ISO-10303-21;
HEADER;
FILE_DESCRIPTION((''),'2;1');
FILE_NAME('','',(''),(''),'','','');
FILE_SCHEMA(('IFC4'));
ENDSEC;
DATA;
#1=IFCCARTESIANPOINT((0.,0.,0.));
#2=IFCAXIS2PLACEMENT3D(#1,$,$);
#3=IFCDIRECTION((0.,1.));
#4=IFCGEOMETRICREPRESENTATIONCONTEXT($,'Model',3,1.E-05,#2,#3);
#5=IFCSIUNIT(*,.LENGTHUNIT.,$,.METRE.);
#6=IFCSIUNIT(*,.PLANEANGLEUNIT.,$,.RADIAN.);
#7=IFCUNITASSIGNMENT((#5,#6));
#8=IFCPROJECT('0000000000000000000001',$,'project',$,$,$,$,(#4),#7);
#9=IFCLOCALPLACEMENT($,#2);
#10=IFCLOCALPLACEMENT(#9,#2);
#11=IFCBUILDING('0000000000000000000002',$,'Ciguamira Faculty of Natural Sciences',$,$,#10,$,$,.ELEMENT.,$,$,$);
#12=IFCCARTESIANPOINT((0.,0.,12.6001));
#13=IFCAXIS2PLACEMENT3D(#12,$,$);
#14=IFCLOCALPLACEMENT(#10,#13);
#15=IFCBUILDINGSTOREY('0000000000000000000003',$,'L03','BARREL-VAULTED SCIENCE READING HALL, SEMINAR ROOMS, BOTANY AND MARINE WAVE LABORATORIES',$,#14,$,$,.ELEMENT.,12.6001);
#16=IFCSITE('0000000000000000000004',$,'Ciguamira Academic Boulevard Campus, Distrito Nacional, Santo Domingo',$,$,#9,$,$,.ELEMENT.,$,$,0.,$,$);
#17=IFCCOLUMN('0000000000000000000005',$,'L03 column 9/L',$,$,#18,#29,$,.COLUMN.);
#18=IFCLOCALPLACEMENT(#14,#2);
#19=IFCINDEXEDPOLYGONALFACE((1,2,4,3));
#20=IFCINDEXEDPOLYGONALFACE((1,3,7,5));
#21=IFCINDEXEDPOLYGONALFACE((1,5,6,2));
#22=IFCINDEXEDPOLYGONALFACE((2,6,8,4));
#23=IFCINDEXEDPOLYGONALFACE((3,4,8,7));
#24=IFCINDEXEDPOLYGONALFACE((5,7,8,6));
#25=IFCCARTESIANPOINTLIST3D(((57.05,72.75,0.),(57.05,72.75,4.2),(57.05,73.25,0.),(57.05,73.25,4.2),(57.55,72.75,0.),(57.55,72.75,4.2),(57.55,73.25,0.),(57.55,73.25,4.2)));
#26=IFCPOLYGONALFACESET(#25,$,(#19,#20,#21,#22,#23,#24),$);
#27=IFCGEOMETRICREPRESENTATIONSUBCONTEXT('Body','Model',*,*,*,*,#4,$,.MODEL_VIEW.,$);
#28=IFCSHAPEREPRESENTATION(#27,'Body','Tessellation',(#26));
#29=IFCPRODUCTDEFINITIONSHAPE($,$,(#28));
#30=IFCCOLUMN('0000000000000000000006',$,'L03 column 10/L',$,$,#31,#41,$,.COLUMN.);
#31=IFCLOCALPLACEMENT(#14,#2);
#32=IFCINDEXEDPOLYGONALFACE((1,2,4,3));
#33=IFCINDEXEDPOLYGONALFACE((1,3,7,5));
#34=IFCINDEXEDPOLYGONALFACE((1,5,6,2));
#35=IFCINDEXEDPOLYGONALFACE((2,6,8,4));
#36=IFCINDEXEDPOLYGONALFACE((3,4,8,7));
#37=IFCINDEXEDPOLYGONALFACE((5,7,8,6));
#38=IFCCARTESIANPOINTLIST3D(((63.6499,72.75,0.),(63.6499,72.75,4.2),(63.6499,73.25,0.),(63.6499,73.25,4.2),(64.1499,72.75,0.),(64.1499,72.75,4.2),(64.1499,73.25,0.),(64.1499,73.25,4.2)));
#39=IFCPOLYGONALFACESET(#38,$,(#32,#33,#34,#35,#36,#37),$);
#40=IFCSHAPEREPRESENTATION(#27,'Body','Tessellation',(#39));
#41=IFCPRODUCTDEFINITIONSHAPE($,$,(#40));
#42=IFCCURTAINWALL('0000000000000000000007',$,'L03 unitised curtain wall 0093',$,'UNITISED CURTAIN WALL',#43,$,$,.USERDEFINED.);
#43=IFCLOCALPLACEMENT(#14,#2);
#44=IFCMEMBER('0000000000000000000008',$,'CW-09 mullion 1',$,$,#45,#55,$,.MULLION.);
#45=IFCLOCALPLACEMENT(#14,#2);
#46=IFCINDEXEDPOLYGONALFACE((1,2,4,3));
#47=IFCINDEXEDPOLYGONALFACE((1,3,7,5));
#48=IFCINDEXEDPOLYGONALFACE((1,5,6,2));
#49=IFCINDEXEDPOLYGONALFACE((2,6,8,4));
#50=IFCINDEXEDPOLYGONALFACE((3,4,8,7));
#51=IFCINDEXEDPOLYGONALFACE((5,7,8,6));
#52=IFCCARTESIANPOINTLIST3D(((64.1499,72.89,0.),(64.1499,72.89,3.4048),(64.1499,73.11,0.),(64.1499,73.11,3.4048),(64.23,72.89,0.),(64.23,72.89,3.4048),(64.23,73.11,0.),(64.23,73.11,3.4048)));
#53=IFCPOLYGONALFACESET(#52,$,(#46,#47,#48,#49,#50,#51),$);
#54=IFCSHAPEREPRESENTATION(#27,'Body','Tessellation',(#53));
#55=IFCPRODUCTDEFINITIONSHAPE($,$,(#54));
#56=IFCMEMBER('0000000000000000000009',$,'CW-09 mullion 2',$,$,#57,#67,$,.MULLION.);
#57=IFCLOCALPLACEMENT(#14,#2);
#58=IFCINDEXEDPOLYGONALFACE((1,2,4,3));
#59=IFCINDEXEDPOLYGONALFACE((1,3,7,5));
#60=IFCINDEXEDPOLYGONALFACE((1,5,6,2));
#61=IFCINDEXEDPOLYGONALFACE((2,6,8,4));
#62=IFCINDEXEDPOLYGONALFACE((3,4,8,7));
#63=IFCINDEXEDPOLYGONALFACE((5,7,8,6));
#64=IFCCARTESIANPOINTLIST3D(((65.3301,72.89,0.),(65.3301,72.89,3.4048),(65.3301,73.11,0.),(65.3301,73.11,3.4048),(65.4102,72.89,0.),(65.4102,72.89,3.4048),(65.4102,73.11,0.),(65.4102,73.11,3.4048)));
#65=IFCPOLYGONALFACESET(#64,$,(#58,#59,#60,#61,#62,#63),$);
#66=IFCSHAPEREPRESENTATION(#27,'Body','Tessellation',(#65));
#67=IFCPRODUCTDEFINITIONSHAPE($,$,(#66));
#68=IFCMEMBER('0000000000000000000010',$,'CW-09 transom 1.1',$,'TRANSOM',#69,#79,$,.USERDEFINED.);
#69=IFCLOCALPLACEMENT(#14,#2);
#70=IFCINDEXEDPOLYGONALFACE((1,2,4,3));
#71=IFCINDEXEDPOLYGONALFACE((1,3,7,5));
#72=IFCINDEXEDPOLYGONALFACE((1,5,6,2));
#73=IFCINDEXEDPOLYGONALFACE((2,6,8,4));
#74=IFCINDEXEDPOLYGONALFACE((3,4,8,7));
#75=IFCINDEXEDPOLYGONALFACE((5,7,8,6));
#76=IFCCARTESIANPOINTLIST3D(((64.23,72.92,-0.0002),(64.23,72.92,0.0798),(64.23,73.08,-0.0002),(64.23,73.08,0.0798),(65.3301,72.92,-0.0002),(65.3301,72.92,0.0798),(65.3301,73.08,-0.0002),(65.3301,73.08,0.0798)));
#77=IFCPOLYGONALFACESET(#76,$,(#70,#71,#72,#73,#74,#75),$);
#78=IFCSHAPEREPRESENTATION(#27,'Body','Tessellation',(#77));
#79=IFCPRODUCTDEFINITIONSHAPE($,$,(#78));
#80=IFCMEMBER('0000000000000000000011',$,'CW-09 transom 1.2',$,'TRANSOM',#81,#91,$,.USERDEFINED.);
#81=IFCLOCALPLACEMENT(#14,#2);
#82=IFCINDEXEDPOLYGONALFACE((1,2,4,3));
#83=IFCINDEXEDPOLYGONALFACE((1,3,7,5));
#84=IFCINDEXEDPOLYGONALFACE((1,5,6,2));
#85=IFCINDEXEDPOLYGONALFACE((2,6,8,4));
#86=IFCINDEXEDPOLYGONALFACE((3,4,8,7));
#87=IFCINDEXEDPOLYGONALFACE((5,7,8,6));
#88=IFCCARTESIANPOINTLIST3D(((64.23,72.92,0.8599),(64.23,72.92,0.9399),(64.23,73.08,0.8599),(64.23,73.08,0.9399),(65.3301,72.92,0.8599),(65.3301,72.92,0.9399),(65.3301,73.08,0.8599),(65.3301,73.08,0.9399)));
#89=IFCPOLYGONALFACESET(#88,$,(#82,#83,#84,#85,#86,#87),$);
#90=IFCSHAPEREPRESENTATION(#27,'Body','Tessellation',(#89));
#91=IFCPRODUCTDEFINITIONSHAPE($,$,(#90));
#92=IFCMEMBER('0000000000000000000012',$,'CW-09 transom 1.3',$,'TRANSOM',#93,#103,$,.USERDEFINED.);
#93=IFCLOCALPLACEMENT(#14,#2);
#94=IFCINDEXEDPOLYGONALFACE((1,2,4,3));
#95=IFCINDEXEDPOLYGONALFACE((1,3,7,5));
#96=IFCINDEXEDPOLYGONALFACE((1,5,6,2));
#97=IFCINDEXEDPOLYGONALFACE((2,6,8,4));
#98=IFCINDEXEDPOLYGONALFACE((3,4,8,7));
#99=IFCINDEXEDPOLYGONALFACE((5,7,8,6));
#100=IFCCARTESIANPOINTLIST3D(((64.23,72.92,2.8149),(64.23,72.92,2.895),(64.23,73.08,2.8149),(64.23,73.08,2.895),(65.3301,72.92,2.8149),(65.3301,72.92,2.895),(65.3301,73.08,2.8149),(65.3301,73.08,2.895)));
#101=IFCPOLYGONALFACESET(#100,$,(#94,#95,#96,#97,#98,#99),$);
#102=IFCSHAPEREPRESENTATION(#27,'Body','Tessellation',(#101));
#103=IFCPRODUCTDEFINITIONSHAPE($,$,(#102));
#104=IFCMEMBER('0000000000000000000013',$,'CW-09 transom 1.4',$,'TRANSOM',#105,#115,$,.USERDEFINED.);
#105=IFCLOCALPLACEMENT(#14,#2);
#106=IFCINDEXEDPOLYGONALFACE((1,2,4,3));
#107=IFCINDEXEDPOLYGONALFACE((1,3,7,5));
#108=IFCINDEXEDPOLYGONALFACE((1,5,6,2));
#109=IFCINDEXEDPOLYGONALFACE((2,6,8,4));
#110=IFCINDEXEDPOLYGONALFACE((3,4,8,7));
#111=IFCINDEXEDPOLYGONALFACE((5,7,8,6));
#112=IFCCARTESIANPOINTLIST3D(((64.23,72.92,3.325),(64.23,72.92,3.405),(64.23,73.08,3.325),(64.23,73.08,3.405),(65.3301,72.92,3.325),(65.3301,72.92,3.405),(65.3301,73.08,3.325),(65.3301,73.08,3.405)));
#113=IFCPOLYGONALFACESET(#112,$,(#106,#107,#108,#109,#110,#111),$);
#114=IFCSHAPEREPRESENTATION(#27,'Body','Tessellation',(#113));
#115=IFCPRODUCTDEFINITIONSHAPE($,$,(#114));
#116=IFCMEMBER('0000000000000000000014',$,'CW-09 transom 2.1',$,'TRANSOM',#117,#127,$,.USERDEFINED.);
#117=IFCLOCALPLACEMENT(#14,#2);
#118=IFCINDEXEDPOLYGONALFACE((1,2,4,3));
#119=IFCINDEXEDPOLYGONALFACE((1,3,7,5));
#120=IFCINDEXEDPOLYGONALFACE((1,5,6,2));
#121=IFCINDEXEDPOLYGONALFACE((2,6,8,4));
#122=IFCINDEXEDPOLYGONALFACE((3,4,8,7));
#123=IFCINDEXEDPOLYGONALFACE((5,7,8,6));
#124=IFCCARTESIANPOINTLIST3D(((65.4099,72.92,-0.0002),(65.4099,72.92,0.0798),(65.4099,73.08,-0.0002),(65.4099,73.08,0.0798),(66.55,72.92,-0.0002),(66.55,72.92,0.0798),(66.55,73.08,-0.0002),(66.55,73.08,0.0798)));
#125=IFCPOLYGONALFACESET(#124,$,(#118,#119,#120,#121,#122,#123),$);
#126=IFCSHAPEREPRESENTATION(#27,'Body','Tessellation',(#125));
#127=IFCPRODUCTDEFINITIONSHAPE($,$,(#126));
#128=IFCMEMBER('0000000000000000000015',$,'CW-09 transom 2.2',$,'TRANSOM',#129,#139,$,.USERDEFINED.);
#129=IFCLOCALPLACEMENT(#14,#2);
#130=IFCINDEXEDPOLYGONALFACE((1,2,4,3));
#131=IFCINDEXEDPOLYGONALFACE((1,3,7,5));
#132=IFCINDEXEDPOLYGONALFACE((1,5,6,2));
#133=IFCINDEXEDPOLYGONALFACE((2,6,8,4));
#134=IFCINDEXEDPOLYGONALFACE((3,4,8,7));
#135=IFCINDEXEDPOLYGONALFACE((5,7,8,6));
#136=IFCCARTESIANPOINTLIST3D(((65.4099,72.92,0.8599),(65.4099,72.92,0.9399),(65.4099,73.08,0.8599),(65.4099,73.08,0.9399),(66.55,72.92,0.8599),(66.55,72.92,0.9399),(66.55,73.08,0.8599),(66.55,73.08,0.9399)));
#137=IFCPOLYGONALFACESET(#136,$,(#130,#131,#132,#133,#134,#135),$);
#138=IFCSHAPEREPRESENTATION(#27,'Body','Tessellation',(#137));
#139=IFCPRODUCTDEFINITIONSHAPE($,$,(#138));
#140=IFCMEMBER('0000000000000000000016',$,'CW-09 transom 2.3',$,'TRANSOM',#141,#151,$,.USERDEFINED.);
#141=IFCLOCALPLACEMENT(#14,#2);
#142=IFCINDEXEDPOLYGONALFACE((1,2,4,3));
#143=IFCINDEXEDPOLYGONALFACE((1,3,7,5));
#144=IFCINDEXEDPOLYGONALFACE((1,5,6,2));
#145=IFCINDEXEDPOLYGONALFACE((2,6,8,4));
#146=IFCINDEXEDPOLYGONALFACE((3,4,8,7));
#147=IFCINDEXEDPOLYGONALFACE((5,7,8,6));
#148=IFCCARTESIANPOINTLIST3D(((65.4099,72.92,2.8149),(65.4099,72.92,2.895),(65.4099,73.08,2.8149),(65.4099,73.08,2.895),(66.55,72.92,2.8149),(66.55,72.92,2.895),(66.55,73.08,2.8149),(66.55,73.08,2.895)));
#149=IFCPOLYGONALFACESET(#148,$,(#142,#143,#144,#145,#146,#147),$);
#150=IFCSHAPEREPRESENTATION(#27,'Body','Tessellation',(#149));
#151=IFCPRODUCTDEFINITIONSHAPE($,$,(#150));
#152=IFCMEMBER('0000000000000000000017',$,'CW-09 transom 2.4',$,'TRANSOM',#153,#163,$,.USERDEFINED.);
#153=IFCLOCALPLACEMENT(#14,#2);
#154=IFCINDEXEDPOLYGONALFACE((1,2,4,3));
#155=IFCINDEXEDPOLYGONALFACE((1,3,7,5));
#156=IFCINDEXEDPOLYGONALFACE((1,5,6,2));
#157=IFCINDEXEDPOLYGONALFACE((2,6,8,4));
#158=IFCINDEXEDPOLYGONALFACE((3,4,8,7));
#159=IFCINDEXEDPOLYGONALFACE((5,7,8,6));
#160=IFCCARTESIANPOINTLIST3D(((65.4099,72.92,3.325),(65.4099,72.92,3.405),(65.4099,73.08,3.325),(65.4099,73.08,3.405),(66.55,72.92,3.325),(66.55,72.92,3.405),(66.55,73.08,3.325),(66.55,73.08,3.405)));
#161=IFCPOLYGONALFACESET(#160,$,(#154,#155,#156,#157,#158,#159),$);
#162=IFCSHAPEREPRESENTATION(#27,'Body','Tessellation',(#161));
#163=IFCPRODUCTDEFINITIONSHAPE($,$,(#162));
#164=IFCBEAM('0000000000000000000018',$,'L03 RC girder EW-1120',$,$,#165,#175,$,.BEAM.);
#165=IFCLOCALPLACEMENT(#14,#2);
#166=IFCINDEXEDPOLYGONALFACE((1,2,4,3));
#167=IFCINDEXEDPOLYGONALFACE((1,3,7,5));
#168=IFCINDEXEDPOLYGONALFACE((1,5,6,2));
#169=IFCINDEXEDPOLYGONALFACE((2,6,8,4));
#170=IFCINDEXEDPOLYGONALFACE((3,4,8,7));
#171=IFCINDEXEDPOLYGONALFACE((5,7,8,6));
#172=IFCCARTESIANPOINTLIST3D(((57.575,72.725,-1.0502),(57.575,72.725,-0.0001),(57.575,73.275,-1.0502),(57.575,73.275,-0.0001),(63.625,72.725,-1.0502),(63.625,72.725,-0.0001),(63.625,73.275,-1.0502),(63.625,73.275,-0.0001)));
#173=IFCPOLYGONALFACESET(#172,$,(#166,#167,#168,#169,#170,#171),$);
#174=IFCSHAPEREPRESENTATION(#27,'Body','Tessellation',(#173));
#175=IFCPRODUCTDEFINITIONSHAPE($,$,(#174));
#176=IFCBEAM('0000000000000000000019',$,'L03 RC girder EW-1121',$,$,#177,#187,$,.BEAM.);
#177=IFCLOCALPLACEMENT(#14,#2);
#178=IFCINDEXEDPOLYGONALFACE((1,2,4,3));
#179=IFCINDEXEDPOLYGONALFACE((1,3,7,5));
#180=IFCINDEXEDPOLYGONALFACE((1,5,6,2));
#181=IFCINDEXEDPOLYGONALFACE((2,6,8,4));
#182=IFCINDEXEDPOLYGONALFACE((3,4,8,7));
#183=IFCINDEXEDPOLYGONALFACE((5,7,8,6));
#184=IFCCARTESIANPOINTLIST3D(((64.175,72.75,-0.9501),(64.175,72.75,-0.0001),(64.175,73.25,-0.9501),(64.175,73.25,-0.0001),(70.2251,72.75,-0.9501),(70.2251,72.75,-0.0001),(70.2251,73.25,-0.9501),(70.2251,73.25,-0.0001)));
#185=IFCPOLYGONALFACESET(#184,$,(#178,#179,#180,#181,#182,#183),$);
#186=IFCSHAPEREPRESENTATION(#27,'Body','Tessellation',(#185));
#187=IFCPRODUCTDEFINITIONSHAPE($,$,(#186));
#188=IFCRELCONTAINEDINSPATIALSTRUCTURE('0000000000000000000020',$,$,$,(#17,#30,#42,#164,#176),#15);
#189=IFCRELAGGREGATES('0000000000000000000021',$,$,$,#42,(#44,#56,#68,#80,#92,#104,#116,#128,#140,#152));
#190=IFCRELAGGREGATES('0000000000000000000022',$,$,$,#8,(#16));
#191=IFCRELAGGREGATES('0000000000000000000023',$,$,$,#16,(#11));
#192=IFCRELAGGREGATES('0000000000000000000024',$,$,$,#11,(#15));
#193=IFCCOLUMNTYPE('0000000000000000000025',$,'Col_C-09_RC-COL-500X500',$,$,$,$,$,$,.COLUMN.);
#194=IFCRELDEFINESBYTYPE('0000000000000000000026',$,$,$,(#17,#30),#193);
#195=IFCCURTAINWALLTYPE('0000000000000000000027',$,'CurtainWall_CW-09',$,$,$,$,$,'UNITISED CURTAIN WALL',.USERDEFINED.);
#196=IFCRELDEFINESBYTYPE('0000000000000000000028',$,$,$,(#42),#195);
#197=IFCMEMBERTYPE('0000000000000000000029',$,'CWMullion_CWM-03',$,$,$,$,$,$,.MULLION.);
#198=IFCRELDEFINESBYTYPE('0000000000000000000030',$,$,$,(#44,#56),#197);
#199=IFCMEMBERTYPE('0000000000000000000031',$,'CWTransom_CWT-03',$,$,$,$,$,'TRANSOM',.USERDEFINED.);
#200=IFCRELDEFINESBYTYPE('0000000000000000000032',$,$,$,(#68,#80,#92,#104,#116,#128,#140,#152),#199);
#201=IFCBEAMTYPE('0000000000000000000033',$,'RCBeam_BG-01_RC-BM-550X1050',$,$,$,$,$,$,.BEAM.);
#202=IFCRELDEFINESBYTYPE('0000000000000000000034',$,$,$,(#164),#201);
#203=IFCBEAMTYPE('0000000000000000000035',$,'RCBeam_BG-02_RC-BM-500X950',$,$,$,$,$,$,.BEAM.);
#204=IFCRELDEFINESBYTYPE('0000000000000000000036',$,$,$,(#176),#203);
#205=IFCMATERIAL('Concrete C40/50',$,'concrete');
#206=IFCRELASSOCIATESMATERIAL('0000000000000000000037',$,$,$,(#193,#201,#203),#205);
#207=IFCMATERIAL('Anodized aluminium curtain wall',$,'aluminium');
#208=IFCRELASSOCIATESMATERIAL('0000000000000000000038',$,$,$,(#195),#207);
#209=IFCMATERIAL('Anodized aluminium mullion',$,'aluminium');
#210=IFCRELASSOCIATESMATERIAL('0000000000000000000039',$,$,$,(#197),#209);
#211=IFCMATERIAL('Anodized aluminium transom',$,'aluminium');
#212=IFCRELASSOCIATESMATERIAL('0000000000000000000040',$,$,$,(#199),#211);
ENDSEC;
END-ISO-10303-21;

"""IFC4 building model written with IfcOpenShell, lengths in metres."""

from ifc_helpers import new_model, si_unit, direction, frame, origin, origin_2d, place, context, subcontext, project, spatial, rectangle, extrude, material, material_profile, profile_set, type_object, element, aggregate, save


model = new_model("IFC4")

# Units and contexts
model_context = context("Model", 3, precision=1e-05, world=origin(), true_north=direction((0.0, 1.0)))
body_context = subcontext(model_context, "Body", "Model", "MODEL_VIEW")
ifc_project = project(units=[si_unit("LENGTHUNIT", "METRE"), si_unit("PLANEANGLEUNIT", "RADIAN")], contexts=[model_context])

# Site, building, storey
site_placement = place(None, origin())
site = spatial("IfcSite", under=ifc_project, at=site_placement, Name="Ciguamira Academic Boulevard Campus, Distrito Nacional, Santo Domingo", CompositionType="ELEMENT", RefElevation=0.0)
building_placement = place(site_placement, origin())
building = spatial("IfcBuilding", under=site, at=building_placement, Name="Ciguamira Faculty of Natural Sciences", CompositionType="ELEMENT")
storey_placement = place(building_placement, frame((0.0, 0.0, 12.6001)))
storey = spatial("IfcBuildingStorey", under=building, at=storey_placement, Name="L03", Description="BARREL-VAULTED SCIENCE READING HALL, SEMINAR ROOMS, BOTANY AND MARINE WAVE LABORATORIES", CompositionType="ELEMENT", Elevation=12.6001)

# Columns
ifc_material_1 = material(Name="Concrete C40/50", Category="concrete")
ifc_material_profile_1 = material_profile(ifc_material_1, rectangle(XDim=0.5, YDim=0.5, at=origin_2d()), Name="RC-COL-500X500")
ifc_profile_set_1 = profile_set([ifc_material_profile_1], Name="Concrete C40/50")
column_type = type_object("IfcColumnType", Name="Col_C-09_RC-COL-500X500", PredefinedType="COLUMN", material=ifc_profile_set_1)
for number, where, z_axis, x_axis, name in (
    (1, (57.3, 73.0, 0.0), (0.0, 0.0, 1.0), (1.0, 0.0, 0.0), "L03 column 9/L"),
    (2, (63.8999, 73.0, 0.0), (0.0, 0.0, 1.0), (1.0, 0.0, 0.0), "L03 column 10/L"),
):
    element("IfcColumn", number, at=place(storey_placement, frame(where, z_axis=z_axis, x_axis=x_axis)), inside=storey, type_object=column_type, Name=name, PredefinedType="COLUMN", context=body_context, shape_type="SweptSolid", body=[
        extrude(rectangle(XDim=0.5, YDim=0.5, at=origin_2d()), origin(), (0.0, 0.0, 1.0), 4.2),
    ])

# Curtain wall, members
ifc_material_2 = material(Name="Anodized aluminium curtain wall", Category="aluminium")
curtain_wall_type = type_object("IfcCurtainWallType", Name="CurtainWall_CW-09", ElementType="UNITISED CURTAIN WALL", PredefinedType="USERDEFINED", material=ifc_material_2)
curtain_wall_placement = place(storey_placement, origin())
curtain_wall = element("IfcCurtainWall", 3, at=curtain_wall_placement, inside=storey, type_object=curtain_wall_type, Name="L03 unitised curtain wall 0093", ObjectType="UNITISED CURTAIN WALL", PredefinedType="USERDEFINED")
ifc_material_3 = material(Name="Anodized aluminium mullion", Category="aluminium")
ifc_material_profile_2 = material_profile(ifc_material_3, rectangle(XDim=0.0801, YDim=0.22, at=origin_2d()), Name="ALU-MUL-80X220")
ifc_profile_set_2 = profile_set([ifc_material_profile_2], Name="Anodized aluminium mullion")
member_type_1 = type_object("IfcMemberType", Name="CWMullion_CWM-03", PredefinedType="MULLION", material=ifc_profile_set_2)
member_1_placement = place(storey_placement, frame((64.1899, 73.0, 0.0), z_axis=(0.0, 0.0, 1.0), x_axis=(1.0, 0.0, 0.0)))
member_1 = element("IfcMember", 4, at=member_1_placement, type_object=member_type_1, Name="CW-09 mullion 1", PredefinedType="MULLION", context=body_context, shape_type="SweptSolid", body=[
    extrude(rectangle(XDim=0.0801, YDim=0.22, at=origin_2d()), origin(), (0.0, 0.0, 1.0), 3.4048),
])
member_2_placement = place(storey_placement, frame((65.3701, 73.0, 0.0), z_axis=(0.0, 0.0, 1.0), x_axis=(1.0, 0.0, 0.0)))
member_2 = element("IfcMember", 5, at=member_2_placement, type_object=member_type_1, Name="CW-09 mullion 2", PredefinedType="MULLION", context=body_context, shape_type="SweptSolid", body=[
    extrude(rectangle(XDim=0.0801, YDim=0.22, at=origin_2d()), origin(), (0.0, 0.0, 1.0), 3.4048),
])
ifc_material_4 = material(Name="Anodized aluminium transom", Category="aluminium")
ifc_material_profile_3 = material_profile(ifc_material_4, rectangle(XDim=0.0801, YDim=0.1599, at=origin_2d()), Name="ALU-TRN-80X160")
ifc_profile_set_3 = profile_set([ifc_material_profile_3], Name="Anodized aluminium transom")
member_type_2 = type_object("IfcMemberType", Name="CWTransom_CWT-03", ElementType="TRANSOM", PredefinedType="USERDEFINED", material=ifc_profile_set_3)
member_3_placement = place(storey_placement, frame((64.23, 73.0, 0.0398), z_axis=(1.0, 0.0, 0.0), x_axis=(0.0, 0.0, 1.0)))
member_3 = element("IfcMember", 6, at=member_3_placement, type_object=member_type_2, Name="CW-09 transom 1.1", ObjectType="TRANSOM", PredefinedType="USERDEFINED", context=body_context, shape_type="SweptSolid", body=[
    extrude(rectangle(XDim=0.0801, YDim=0.1599, at=origin_2d()), origin(), (0.0, 0.0, 1.0), 1.1001),
])
member_4_placement = place(storey_placement, frame((64.23, 73.0, 0.8999), z_axis=(1.0, 0.0, 0.0), x_axis=(0.0, 0.0, 1.0)))
member_4 = element("IfcMember", 7, at=member_4_placement, type_object=member_type_2, Name="CW-09 transom 1.2", ObjectType="TRANSOM", PredefinedType="USERDEFINED", context=body_context, shape_type="SweptSolid", body=[
    extrude(rectangle(XDim=0.0801, YDim=0.1599, at=origin_2d()), origin(), (0.0, 0.0, 1.0), 1.1001),
])
member_5_placement = place(storey_placement, frame((64.23, 73.0, 2.855), z_axis=(1.0, 0.0, 0.0), x_axis=(0.0, 0.0, 1.0)))
member_5 = element("IfcMember", 8, at=member_5_placement, type_object=member_type_2, Name="CW-09 transom 1.3", ObjectType="TRANSOM", PredefinedType="USERDEFINED", context=body_context, shape_type="SweptSolid", body=[
    extrude(rectangle(XDim=0.0801, YDim=0.1599, at=origin_2d()), origin(), (0.0, 0.0, 1.0), 1.1001),
])
member_6_placement = place(storey_placement, frame((64.23, 73.0, 3.365), z_axis=(1.0, 0.0, 0.0), x_axis=(0.0, 0.0, 1.0)))
member_6 = element("IfcMember", 9, at=member_6_placement, type_object=member_type_2, Name="CW-09 transom 1.4", ObjectType="TRANSOM", PredefinedType="USERDEFINED", context=body_context, shape_type="SweptSolid", body=[
    extrude(rectangle(XDim=0.0801, YDim=0.1599, at=origin_2d()), origin(), (0.0, 0.0, 1.0), 1.1001),
])
member_7_placement = place(storey_placement, frame((65.4099, 73.0, 0.0398), z_axis=(1.0, 0.0, 0.0), x_axis=(0.0, 0.0, 1.0)))
member_7 = element("IfcMember", 10, at=member_7_placement, type_object=member_type_2, Name="CW-09 transom 2.1", ObjectType="TRANSOM", PredefinedType="USERDEFINED", context=body_context, shape_type="SweptSolid", body=[
    extrude(rectangle(XDim=0.0801, YDim=0.1599, at=origin_2d()), origin(), (0.0, 0.0, 1.0), 1.1401),
])
member_8_placement = place(storey_placement, frame((65.4099, 73.0, 0.8999), z_axis=(1.0, 0.0, 0.0), x_axis=(0.0, 0.0, 1.0)))
member_8 = element("IfcMember", 11, at=member_8_placement, type_object=member_type_2, Name="CW-09 transom 2.2", ObjectType="TRANSOM", PredefinedType="USERDEFINED", context=body_context, shape_type="SweptSolid", body=[
    extrude(rectangle(XDim=0.0801, YDim=0.1599, at=origin_2d()), origin(), (0.0, 0.0, 1.0), 1.1401),
])
member_9_placement = place(storey_placement, frame((65.4099, 73.0, 2.855), z_axis=(1.0, 0.0, 0.0), x_axis=(0.0, 0.0, 1.0)))
member_9 = element("IfcMember", 12, at=member_9_placement, type_object=member_type_2, Name="CW-09 transom 2.3", ObjectType="TRANSOM", PredefinedType="USERDEFINED", context=body_context, shape_type="SweptSolid", body=[
    extrude(rectangle(XDim=0.0801, YDim=0.1599, at=origin_2d()), origin(), (0.0, 0.0, 1.0), 1.1401),
])
member_10_placement = place(storey_placement, frame((65.4099, 73.0, 3.365), z_axis=(1.0, 0.0, 0.0), x_axis=(0.0, 0.0, 1.0)))
member_10 = element("IfcMember", 13, at=member_10_placement, type_object=member_type_2, Name="CW-09 transom 2.4", ObjectType="TRANSOM", PredefinedType="USERDEFINED", context=body_context, shape_type="SweptSolid", body=[
    extrude(rectangle(XDim=0.0801, YDim=0.1599, at=origin_2d()), origin(), (0.0, 0.0, 1.0), 1.1401),
])

# Beams
ifc_material_profile_4 = material_profile(ifc_material_1, rectangle(XDim=0.55, YDim=1.05, at=origin_2d()), Name="RC-BM-550X1050")
ifc_profile_set_4 = profile_set([ifc_material_profile_4], Name="Concrete C40/50")
beam_type_1 = type_object("IfcBeamType", Name="RCBeam_BG-01_RC-BM-550X1050", PredefinedType="BEAM", material=ifc_profile_set_4)
beam_1_placement = place(storey_placement, frame((57.575, 73.0, -0.5251), z_axis=(1.0, 0.0, 0.0), x_axis=(0.0, 1.0, 0.0)))
element("IfcBeam", 14, at=beam_1_placement, inside=storey, type_object=beam_type_1, Name="L03 RC girder EW-1120", PredefinedType="BEAM", context=body_context, shape_type="SweptSolid", body=[
    extrude(rectangle(XDim=0.55, YDim=1.05, at=origin_2d()), origin(), (0.0, 0.0, 1.0), 6.05),
])
ifc_material_profile_5 = material_profile(ifc_material_1, rectangle(XDim=0.5, YDim=0.95, at=origin_2d()), Name="RC-BM-500X950")
ifc_profile_set_5 = profile_set([ifc_material_profile_5], Name="Concrete C40/50")
beam_type_2 = type_object("IfcBeamType", Name="RCBeam_BG-02_RC-BM-500X950", PredefinedType="BEAM", material=ifc_profile_set_5)
beam_2_placement = place(storey_placement, frame((64.175, 73.0, -0.4751), z_axis=(1.0, 0.0, 0.0), x_axis=(0.0, 1.0, 0.0)))
element("IfcBeam", 15, at=beam_2_placement, inside=storey, type_object=beam_type_2, Name="L03 RC girder EW-1121", PredefinedType="BEAM", context=body_context, shape_type="SweptSolid", body=[
    extrude(rectangle(XDim=0.5, YDim=0.95, at=origin_2d()), origin(), (0.0, 0.0, 1.0), 6.05),
])

aggregate(curtain_wall, [member_1, member_2, member_3, member_4, member_5, member_6, member_7, member_8, member_9, member_10])

save(model, "model.ifc")
